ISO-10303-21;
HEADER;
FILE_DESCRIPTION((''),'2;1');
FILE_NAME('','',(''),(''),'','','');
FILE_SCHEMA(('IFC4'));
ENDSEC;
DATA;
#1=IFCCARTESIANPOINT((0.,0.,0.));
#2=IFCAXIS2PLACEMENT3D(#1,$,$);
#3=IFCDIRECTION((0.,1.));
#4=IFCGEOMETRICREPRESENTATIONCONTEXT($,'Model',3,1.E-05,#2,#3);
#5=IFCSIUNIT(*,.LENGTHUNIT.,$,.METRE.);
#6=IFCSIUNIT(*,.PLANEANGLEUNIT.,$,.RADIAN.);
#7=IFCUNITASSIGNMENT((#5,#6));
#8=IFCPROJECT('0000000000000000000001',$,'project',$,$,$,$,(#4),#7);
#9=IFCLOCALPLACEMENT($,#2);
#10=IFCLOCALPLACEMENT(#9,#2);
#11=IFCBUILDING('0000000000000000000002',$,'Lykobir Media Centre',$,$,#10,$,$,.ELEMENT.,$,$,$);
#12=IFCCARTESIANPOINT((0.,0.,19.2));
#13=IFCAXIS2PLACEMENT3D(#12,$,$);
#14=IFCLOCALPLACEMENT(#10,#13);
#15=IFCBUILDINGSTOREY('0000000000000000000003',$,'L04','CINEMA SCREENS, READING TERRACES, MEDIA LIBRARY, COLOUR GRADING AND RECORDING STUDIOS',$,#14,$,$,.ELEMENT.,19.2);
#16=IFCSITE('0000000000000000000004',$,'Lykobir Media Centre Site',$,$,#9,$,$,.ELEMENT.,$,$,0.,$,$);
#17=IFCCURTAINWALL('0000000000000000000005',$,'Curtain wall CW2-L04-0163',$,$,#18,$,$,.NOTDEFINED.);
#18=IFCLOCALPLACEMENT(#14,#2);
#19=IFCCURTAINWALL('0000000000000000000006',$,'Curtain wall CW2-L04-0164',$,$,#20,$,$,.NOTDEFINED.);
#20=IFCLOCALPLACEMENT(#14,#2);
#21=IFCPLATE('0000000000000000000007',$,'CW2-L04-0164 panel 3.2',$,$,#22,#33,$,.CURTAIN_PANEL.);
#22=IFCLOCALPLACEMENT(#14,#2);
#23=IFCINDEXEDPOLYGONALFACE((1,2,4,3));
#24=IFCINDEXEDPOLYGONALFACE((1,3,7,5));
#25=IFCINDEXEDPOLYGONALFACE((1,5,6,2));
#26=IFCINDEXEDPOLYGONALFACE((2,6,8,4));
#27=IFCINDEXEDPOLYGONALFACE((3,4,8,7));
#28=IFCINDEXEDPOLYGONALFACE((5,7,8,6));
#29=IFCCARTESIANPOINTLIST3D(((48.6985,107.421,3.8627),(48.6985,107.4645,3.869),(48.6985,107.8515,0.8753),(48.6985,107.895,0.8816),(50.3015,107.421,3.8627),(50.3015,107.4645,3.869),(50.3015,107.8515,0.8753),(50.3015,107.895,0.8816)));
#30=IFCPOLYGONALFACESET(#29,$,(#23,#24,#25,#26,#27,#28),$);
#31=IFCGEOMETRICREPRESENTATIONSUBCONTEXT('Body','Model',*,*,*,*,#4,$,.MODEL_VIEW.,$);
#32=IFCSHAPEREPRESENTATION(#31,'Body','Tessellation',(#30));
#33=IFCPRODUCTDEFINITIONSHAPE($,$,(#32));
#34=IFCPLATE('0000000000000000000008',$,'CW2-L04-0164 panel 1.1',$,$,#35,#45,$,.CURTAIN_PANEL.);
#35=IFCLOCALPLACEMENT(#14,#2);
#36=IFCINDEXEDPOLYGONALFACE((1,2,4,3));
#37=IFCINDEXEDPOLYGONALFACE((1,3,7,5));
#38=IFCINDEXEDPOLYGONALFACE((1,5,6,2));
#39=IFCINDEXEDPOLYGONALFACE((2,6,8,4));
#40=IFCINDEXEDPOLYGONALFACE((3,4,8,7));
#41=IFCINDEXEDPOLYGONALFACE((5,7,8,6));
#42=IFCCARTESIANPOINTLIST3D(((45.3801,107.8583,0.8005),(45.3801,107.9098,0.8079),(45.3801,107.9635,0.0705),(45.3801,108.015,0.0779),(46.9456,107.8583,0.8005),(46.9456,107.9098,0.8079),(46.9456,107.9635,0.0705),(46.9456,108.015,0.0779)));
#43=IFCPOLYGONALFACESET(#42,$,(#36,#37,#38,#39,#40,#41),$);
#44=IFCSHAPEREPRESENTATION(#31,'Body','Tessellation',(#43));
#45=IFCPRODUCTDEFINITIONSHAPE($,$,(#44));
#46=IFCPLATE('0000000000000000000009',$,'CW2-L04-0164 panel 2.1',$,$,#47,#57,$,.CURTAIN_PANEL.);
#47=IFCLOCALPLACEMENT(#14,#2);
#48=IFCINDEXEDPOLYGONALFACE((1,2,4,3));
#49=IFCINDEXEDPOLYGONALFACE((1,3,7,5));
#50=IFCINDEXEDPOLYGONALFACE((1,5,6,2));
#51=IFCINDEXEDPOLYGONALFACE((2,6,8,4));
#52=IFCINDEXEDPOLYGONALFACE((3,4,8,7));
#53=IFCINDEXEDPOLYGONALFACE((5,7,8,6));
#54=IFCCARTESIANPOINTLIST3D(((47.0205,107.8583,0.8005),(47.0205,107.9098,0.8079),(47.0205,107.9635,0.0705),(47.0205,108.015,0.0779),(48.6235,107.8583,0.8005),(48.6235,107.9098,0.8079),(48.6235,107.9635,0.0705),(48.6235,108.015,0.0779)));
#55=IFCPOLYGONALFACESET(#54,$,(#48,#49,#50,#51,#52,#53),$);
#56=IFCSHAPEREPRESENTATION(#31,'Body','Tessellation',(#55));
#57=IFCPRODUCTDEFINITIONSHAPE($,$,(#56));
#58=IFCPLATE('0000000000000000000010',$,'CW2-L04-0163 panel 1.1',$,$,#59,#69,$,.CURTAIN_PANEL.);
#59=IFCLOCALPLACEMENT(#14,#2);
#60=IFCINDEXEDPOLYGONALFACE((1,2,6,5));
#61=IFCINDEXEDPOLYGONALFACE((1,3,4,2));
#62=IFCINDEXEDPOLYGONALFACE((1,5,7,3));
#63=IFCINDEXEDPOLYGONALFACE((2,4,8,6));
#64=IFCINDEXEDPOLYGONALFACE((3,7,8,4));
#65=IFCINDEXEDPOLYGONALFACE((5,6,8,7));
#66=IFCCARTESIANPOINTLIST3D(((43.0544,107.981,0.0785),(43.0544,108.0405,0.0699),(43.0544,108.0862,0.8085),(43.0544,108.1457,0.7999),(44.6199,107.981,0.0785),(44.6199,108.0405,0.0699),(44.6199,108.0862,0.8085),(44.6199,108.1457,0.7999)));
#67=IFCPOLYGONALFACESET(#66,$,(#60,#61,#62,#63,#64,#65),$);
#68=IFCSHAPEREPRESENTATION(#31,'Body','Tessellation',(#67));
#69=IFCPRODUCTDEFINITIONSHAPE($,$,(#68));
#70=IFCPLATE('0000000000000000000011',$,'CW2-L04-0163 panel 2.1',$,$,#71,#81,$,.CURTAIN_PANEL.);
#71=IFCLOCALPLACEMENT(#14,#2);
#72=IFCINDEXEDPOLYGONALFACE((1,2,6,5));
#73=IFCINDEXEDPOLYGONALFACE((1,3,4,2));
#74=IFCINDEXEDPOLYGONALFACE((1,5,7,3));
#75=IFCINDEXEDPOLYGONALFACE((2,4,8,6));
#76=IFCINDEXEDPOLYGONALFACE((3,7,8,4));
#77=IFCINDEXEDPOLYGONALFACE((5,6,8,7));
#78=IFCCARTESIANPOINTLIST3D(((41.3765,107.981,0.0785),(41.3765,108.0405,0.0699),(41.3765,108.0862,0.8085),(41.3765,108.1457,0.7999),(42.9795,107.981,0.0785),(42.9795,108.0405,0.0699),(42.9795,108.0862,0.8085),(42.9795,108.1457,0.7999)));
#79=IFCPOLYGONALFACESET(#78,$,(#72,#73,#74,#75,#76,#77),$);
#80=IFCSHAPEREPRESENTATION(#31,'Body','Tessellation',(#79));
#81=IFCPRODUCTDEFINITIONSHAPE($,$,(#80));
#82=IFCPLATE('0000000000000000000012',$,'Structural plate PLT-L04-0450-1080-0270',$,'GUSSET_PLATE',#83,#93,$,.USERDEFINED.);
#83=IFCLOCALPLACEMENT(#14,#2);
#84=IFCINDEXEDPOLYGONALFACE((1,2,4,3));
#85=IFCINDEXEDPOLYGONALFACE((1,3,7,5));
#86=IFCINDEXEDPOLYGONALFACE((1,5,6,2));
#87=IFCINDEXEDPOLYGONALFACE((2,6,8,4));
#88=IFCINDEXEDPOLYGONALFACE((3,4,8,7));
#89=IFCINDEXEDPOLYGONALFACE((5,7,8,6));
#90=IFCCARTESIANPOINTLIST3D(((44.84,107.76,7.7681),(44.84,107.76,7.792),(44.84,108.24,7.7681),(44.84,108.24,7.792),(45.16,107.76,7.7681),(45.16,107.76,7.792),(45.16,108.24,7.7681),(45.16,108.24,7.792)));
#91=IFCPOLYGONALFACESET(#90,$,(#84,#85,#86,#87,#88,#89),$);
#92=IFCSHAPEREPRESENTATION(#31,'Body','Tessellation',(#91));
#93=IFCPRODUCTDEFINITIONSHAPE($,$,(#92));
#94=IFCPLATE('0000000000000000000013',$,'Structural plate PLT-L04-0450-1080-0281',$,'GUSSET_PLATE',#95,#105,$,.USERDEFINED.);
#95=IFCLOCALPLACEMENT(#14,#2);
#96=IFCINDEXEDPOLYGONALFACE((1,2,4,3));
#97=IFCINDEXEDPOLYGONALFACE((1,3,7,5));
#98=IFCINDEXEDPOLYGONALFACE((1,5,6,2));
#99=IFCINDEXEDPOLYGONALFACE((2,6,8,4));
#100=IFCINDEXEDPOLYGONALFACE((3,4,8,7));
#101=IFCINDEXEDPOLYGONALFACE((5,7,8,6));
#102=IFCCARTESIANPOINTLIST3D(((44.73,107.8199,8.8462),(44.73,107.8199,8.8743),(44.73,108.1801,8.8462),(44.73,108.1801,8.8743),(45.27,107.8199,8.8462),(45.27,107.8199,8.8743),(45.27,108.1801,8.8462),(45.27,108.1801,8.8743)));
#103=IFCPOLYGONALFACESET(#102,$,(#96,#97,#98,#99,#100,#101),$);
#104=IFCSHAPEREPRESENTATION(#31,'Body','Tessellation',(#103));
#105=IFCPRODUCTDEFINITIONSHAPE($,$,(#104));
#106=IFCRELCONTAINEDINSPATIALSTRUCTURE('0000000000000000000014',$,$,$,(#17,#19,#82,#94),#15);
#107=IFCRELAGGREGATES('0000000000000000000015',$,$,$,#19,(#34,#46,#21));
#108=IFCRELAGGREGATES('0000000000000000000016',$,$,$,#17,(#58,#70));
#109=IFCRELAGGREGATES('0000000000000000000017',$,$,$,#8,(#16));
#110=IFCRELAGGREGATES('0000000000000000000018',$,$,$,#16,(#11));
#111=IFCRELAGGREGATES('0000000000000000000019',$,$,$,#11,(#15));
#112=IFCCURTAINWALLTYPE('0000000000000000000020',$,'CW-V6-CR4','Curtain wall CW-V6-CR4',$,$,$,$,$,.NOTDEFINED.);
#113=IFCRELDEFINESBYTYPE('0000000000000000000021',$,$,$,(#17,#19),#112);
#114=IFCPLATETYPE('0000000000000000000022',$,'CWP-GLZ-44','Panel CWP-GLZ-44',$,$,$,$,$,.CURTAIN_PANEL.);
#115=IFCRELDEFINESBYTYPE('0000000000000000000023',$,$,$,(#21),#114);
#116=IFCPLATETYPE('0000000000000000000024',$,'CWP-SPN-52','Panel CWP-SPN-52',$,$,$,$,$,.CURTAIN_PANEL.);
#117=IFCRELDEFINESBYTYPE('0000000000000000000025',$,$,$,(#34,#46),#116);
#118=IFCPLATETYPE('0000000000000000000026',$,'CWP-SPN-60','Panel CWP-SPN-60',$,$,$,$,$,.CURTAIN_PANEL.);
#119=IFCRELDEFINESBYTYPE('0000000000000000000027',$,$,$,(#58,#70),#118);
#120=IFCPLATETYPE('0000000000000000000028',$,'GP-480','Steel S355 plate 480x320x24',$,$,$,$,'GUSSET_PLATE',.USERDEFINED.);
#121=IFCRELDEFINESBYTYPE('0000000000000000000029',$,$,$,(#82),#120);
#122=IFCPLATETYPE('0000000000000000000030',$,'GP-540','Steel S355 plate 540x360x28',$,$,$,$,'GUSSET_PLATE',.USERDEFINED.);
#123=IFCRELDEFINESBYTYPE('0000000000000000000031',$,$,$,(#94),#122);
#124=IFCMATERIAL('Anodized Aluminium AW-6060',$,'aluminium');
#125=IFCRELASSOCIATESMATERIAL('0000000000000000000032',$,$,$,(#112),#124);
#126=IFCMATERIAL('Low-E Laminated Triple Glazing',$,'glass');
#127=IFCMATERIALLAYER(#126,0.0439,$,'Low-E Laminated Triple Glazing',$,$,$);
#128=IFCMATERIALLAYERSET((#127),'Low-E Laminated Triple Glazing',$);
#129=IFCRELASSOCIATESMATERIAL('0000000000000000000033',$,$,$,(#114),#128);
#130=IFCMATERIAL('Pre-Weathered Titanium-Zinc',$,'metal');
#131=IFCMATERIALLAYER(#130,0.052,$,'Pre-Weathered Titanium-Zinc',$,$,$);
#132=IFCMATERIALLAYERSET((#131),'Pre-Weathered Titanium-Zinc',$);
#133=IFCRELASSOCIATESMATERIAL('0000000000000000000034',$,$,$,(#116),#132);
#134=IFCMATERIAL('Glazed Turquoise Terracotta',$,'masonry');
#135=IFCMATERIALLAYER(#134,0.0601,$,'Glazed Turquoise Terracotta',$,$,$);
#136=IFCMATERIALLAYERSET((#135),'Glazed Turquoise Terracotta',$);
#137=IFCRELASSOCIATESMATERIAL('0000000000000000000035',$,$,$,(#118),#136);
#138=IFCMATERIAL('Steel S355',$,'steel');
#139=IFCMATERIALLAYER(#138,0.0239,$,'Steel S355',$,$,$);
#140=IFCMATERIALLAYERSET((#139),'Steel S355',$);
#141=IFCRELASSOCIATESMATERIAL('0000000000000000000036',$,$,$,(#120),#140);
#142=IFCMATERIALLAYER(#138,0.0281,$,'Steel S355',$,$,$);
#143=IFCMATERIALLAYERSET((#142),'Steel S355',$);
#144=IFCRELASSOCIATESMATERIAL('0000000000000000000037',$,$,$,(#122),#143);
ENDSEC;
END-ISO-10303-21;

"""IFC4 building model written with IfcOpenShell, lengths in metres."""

from ifc_helpers import new_model, si_unit, direction, frame, origin, origin_2d, place, context, subcontext, project, spatial, rectangle, extrude, material, layer, layer_set, type_object, element, aggregate, save


model = new_model("IFC4")

# Units and contexts
model_context = context("Model", 3, precision=1e-05, world=origin(), true_north=direction((0.0, 1.0)))
body_context = subcontext(model_context, "Body", "Model", "MODEL_VIEW")
ifc_project = project(units=[si_unit("LENGTHUNIT", "METRE"), si_unit("PLANEANGLEUNIT", "RADIAN")], contexts=[model_context])

# Site, building, storey
site_placement = place(None, origin())
site = spatial("IfcSite", under=ifc_project, at=site_placement, Name="Lykobir Media Centre Site", CompositionType="ELEMENT", RefElevation=0.0)
building_placement = place(site_placement, origin())
building = spatial("IfcBuilding", under=site, at=building_placement, Name="Lykobir Media Centre", CompositionType="ELEMENT")
storey_placement = place(building_placement, frame((0.0, 0.0, 19.2)))
storey = spatial("IfcBuildingStorey", under=building, at=storey_placement, Name="L04", Description="CINEMA SCREENS, READING TERRACES, MEDIA LIBRARY, COLOUR GRADING AND RECORDING STUDIOS", CompositionType="ELEMENT", Elevation=19.2)

# Shared definitions
ifc_material_1 = material(Name="Steel S355", Category="steel")

# Curtain walls
ifc_material_2 = material(Name="Anodized Aluminium AW-6060", Category="aluminium")
curtain_wall_type_1 = type_object("IfcCurtainWallType", Name="CW-V6-CR4", Description="Curtain wall CW-V6-CR4", PredefinedType="NOTDEFINED", material=ifc_material_2)
curtain_wall_1_placement = place(storey_placement, origin())
curtain_wall_1 = element("IfcCurtainWall", 1, at=curtain_wall_1_placement, inside=storey, type_object=curtain_wall_type_1, Name="Curtain wall CW2-L04-0163", PredefinedType="NOTDEFINED")
curtain_wall_2_placement = place(storey_placement, origin())
curtain_wall_2 = element("IfcCurtainWall", 2, at=curtain_wall_2_placement, inside=storey, type_object=curtain_wall_type_1, Name="Curtain wall CW2-L04-0164", PredefinedType="NOTDEFINED")

# Plates
ifc_material_3 = material(Name="Low-E Laminated Triple Glazing", Category="glass")
ifc_layer_1 = layer(ifc_material_3, 0.0439, Name="Low-E Laminated Triple Glazing")
ifc_layer_set_1 = layer_set([ifc_layer_1], Name="Low-E Laminated Triple Glazing")
plate_type_1 = type_object("IfcPlateType", Name="CWP-GLZ-44", Description="Panel CWP-GLZ-44", PredefinedType="CURTAIN_PANEL", material=ifc_layer_set_1)
plate_1_placement = place(storey_placement, frame((49.5, 107.8733, 0.8784), z_axis=(0.0, -0.142629, 0.989776), x_axis=(1.0, 0.0, 0.0)))
plate_1 = element("IfcPlate", 3, at=plate_1_placement, type_object=plate_type_1, Name="CW2-L04-0164 panel 3.2", PredefinedType="CURTAIN_PANEL", context=body_context, shape_type="SweptSolid", body=[
    extrude(rectangle(XDim=1.603, YDim=0.0439, at=origin_2d()), origin(), (0.0, 0.0, 1.0), 3.0183),
])
ifc_material_4 = material(Name="Pre-Weathered Titanium-Zinc", Category="metal")
ifc_layer_2 = layer(ifc_material_4, 0.052, Name="Pre-Weathered Titanium-Zinc")
ifc_layer_set_2 = layer_set([ifc_layer_2], Name="Pre-Weathered Titanium-Zinc")
plate_type_2 = type_object("IfcPlateType", Name="CWP-SPN-52", Description="Panel CWP-SPN-52", PredefinedType="CURTAIN_PANEL", material=ifc_layer_set_2)
plate_2_placement = place(storey_placement, frame((46.1628, 107.9893, 0.0742), z_axis=(0.0, -0.142629, 0.989776), x_axis=(1.0, 0.0, 0.0)))
plate_2 = element("IfcPlate", 4, at=plate_2_placement, type_object=plate_type_2, Name="CW2-L04-0164 panel 1.1", PredefinedType="CURTAIN_PANEL", context=body_context, shape_type="SweptSolid", body=[
    extrude(rectangle(XDim=1.5654, YDim=0.052, at=origin_2d()), origin(), (0.0, 0.0, 1.0), 0.7375),
])
plate_3_placement = place(storey_placement, frame((47.822, 107.9893, 0.0742), z_axis=(0.0, -0.142629, 0.989776), x_axis=(1.0, 0.0, 0.0)))
plate_3 = element("IfcPlate", 5, at=plate_3_placement, type_object=plate_type_2, Name="CW2-L04-0164 panel 2.1", PredefinedType="CURTAIN_PANEL", context=body_context, shape_type="SweptSolid", body=[
    extrude(rectangle(XDim=1.603, YDim=0.052, at=origin_2d()), origin(), (0.0, 0.0, 1.0), 0.7375),
])
aggregate(curtain_wall_2, [plate_2, plate_3, plate_1])
ifc_material_5 = material(Name="Glazed Turquoise Terracotta", Category="masonry")
ifc_layer_3 = layer(ifc_material_5, 0.0601, Name="Glazed Turquoise Terracotta")
ifc_layer_set_3 = layer_set([ifc_layer_3], Name="Glazed Turquoise Terracotta")
plate_type_3 = type_object("IfcPlateType", Name="CWP-SPN-60", Description="Panel CWP-SPN-60", PredefinedType="CURTAIN_PANEL", material=ifc_layer_set_3)
plate_4_placement = place(storey_placement, frame((43.8372, 108.0107, 0.0742), z_axis=(0.0, 0.142629, 0.989776), x_axis=(-1.0, 0.0, 0.0)))
plate_4 = element("IfcPlate", 6, at=plate_4_placement, type_object=plate_type_3, Name="CW2-L04-0163 panel 1.1", PredefinedType="CURTAIN_PANEL", context=body_context, shape_type="SweptSolid", body=[
    extrude(rectangle(XDim=1.5654, YDim=0.0601, at=origin_2d()), origin(), (0.0, 0.0, 1.0), 0.7375),
])
plate_5_placement = place(storey_placement, frame((42.178, 108.0107, 0.0742), z_axis=(0.0, 0.142629, 0.989776), x_axis=(-1.0, 0.0, 0.0)))
plate_5 = element("IfcPlate", 7, at=plate_5_placement, type_object=plate_type_3, Name="CW2-L04-0163 panel 2.1", PredefinedType="CURTAIN_PANEL", context=body_context, shape_type="SweptSolid", body=[
    extrude(rectangle(XDim=1.603, YDim=0.0601, at=origin_2d()), origin(), (0.0, 0.0, 1.0), 0.7375),
])
aggregate(curtain_wall_1, [plate_4, plate_5])

# Plates
ifc_layer_4 = layer(ifc_material_1, 0.0239, Name="Steel S355")
ifc_layer_set_4 = layer_set([ifc_layer_4], Name="Steel S355")
plate_type_4 = type_object("IfcPlateType", Name="GP-480", Description="Steel S355 plate 480x320x24", ElementType="GUSSET_PLATE", PredefinedType="USERDEFINED", material=ifc_layer_set_4)
plate_6_placement = place(storey_placement, frame((45.0, 108.0, 7.7681), z_axis=(0.0, 0.0, 1.0), x_axis=(0.0, 1.0, 0.0)))
element("IfcPlate", 8, at=plate_6_placement, inside=storey, type_object=plate_type_4, Name="Structural plate PLT-L04-0450-1080-0270", ObjectType="GUSSET_PLATE", PredefinedType="USERDEFINED", context=body_context, shape_type="SweptSolid", body=[
    extrude(rectangle(XDim=0.48, YDim=0.3201, at=origin_2d()), origin(), (0.0, 0.0, 1.0), 0.0239),
])
ifc_layer_5 = layer(ifc_material_1, 0.0281, Name="Steel S355")
ifc_layer_set_5 = layer_set([ifc_layer_5], Name="Steel S355")
plate_type_5 = type_object("IfcPlateType", Name="GP-540", Description="Steel S355 plate 540x360x28", ElementType="GUSSET_PLATE", PredefinedType="USERDEFINED", material=ifc_layer_set_5)
plate_7_placement = place(storey_placement, frame((45.0, 108.0, 8.8462), z_axis=(0.0, 0.0, 1.0), x_axis=(1.0, 0.0, 0.0)))
element("IfcPlate", 9, at=plate_7_placement, inside=storey, type_object=plate_type_5, Name="Structural plate PLT-L04-0450-1080-0281", ObjectType="GUSSET_PLATE", PredefinedType="USERDEFINED", context=body_context, shape_type="SweptSolid", body=[
    extrude(rectangle(XDim=0.54, YDim=0.3601, at=origin_2d()), origin(), (0.0, 0.0, 1.0), 0.0281),
])

save(model, "model.ifc")
